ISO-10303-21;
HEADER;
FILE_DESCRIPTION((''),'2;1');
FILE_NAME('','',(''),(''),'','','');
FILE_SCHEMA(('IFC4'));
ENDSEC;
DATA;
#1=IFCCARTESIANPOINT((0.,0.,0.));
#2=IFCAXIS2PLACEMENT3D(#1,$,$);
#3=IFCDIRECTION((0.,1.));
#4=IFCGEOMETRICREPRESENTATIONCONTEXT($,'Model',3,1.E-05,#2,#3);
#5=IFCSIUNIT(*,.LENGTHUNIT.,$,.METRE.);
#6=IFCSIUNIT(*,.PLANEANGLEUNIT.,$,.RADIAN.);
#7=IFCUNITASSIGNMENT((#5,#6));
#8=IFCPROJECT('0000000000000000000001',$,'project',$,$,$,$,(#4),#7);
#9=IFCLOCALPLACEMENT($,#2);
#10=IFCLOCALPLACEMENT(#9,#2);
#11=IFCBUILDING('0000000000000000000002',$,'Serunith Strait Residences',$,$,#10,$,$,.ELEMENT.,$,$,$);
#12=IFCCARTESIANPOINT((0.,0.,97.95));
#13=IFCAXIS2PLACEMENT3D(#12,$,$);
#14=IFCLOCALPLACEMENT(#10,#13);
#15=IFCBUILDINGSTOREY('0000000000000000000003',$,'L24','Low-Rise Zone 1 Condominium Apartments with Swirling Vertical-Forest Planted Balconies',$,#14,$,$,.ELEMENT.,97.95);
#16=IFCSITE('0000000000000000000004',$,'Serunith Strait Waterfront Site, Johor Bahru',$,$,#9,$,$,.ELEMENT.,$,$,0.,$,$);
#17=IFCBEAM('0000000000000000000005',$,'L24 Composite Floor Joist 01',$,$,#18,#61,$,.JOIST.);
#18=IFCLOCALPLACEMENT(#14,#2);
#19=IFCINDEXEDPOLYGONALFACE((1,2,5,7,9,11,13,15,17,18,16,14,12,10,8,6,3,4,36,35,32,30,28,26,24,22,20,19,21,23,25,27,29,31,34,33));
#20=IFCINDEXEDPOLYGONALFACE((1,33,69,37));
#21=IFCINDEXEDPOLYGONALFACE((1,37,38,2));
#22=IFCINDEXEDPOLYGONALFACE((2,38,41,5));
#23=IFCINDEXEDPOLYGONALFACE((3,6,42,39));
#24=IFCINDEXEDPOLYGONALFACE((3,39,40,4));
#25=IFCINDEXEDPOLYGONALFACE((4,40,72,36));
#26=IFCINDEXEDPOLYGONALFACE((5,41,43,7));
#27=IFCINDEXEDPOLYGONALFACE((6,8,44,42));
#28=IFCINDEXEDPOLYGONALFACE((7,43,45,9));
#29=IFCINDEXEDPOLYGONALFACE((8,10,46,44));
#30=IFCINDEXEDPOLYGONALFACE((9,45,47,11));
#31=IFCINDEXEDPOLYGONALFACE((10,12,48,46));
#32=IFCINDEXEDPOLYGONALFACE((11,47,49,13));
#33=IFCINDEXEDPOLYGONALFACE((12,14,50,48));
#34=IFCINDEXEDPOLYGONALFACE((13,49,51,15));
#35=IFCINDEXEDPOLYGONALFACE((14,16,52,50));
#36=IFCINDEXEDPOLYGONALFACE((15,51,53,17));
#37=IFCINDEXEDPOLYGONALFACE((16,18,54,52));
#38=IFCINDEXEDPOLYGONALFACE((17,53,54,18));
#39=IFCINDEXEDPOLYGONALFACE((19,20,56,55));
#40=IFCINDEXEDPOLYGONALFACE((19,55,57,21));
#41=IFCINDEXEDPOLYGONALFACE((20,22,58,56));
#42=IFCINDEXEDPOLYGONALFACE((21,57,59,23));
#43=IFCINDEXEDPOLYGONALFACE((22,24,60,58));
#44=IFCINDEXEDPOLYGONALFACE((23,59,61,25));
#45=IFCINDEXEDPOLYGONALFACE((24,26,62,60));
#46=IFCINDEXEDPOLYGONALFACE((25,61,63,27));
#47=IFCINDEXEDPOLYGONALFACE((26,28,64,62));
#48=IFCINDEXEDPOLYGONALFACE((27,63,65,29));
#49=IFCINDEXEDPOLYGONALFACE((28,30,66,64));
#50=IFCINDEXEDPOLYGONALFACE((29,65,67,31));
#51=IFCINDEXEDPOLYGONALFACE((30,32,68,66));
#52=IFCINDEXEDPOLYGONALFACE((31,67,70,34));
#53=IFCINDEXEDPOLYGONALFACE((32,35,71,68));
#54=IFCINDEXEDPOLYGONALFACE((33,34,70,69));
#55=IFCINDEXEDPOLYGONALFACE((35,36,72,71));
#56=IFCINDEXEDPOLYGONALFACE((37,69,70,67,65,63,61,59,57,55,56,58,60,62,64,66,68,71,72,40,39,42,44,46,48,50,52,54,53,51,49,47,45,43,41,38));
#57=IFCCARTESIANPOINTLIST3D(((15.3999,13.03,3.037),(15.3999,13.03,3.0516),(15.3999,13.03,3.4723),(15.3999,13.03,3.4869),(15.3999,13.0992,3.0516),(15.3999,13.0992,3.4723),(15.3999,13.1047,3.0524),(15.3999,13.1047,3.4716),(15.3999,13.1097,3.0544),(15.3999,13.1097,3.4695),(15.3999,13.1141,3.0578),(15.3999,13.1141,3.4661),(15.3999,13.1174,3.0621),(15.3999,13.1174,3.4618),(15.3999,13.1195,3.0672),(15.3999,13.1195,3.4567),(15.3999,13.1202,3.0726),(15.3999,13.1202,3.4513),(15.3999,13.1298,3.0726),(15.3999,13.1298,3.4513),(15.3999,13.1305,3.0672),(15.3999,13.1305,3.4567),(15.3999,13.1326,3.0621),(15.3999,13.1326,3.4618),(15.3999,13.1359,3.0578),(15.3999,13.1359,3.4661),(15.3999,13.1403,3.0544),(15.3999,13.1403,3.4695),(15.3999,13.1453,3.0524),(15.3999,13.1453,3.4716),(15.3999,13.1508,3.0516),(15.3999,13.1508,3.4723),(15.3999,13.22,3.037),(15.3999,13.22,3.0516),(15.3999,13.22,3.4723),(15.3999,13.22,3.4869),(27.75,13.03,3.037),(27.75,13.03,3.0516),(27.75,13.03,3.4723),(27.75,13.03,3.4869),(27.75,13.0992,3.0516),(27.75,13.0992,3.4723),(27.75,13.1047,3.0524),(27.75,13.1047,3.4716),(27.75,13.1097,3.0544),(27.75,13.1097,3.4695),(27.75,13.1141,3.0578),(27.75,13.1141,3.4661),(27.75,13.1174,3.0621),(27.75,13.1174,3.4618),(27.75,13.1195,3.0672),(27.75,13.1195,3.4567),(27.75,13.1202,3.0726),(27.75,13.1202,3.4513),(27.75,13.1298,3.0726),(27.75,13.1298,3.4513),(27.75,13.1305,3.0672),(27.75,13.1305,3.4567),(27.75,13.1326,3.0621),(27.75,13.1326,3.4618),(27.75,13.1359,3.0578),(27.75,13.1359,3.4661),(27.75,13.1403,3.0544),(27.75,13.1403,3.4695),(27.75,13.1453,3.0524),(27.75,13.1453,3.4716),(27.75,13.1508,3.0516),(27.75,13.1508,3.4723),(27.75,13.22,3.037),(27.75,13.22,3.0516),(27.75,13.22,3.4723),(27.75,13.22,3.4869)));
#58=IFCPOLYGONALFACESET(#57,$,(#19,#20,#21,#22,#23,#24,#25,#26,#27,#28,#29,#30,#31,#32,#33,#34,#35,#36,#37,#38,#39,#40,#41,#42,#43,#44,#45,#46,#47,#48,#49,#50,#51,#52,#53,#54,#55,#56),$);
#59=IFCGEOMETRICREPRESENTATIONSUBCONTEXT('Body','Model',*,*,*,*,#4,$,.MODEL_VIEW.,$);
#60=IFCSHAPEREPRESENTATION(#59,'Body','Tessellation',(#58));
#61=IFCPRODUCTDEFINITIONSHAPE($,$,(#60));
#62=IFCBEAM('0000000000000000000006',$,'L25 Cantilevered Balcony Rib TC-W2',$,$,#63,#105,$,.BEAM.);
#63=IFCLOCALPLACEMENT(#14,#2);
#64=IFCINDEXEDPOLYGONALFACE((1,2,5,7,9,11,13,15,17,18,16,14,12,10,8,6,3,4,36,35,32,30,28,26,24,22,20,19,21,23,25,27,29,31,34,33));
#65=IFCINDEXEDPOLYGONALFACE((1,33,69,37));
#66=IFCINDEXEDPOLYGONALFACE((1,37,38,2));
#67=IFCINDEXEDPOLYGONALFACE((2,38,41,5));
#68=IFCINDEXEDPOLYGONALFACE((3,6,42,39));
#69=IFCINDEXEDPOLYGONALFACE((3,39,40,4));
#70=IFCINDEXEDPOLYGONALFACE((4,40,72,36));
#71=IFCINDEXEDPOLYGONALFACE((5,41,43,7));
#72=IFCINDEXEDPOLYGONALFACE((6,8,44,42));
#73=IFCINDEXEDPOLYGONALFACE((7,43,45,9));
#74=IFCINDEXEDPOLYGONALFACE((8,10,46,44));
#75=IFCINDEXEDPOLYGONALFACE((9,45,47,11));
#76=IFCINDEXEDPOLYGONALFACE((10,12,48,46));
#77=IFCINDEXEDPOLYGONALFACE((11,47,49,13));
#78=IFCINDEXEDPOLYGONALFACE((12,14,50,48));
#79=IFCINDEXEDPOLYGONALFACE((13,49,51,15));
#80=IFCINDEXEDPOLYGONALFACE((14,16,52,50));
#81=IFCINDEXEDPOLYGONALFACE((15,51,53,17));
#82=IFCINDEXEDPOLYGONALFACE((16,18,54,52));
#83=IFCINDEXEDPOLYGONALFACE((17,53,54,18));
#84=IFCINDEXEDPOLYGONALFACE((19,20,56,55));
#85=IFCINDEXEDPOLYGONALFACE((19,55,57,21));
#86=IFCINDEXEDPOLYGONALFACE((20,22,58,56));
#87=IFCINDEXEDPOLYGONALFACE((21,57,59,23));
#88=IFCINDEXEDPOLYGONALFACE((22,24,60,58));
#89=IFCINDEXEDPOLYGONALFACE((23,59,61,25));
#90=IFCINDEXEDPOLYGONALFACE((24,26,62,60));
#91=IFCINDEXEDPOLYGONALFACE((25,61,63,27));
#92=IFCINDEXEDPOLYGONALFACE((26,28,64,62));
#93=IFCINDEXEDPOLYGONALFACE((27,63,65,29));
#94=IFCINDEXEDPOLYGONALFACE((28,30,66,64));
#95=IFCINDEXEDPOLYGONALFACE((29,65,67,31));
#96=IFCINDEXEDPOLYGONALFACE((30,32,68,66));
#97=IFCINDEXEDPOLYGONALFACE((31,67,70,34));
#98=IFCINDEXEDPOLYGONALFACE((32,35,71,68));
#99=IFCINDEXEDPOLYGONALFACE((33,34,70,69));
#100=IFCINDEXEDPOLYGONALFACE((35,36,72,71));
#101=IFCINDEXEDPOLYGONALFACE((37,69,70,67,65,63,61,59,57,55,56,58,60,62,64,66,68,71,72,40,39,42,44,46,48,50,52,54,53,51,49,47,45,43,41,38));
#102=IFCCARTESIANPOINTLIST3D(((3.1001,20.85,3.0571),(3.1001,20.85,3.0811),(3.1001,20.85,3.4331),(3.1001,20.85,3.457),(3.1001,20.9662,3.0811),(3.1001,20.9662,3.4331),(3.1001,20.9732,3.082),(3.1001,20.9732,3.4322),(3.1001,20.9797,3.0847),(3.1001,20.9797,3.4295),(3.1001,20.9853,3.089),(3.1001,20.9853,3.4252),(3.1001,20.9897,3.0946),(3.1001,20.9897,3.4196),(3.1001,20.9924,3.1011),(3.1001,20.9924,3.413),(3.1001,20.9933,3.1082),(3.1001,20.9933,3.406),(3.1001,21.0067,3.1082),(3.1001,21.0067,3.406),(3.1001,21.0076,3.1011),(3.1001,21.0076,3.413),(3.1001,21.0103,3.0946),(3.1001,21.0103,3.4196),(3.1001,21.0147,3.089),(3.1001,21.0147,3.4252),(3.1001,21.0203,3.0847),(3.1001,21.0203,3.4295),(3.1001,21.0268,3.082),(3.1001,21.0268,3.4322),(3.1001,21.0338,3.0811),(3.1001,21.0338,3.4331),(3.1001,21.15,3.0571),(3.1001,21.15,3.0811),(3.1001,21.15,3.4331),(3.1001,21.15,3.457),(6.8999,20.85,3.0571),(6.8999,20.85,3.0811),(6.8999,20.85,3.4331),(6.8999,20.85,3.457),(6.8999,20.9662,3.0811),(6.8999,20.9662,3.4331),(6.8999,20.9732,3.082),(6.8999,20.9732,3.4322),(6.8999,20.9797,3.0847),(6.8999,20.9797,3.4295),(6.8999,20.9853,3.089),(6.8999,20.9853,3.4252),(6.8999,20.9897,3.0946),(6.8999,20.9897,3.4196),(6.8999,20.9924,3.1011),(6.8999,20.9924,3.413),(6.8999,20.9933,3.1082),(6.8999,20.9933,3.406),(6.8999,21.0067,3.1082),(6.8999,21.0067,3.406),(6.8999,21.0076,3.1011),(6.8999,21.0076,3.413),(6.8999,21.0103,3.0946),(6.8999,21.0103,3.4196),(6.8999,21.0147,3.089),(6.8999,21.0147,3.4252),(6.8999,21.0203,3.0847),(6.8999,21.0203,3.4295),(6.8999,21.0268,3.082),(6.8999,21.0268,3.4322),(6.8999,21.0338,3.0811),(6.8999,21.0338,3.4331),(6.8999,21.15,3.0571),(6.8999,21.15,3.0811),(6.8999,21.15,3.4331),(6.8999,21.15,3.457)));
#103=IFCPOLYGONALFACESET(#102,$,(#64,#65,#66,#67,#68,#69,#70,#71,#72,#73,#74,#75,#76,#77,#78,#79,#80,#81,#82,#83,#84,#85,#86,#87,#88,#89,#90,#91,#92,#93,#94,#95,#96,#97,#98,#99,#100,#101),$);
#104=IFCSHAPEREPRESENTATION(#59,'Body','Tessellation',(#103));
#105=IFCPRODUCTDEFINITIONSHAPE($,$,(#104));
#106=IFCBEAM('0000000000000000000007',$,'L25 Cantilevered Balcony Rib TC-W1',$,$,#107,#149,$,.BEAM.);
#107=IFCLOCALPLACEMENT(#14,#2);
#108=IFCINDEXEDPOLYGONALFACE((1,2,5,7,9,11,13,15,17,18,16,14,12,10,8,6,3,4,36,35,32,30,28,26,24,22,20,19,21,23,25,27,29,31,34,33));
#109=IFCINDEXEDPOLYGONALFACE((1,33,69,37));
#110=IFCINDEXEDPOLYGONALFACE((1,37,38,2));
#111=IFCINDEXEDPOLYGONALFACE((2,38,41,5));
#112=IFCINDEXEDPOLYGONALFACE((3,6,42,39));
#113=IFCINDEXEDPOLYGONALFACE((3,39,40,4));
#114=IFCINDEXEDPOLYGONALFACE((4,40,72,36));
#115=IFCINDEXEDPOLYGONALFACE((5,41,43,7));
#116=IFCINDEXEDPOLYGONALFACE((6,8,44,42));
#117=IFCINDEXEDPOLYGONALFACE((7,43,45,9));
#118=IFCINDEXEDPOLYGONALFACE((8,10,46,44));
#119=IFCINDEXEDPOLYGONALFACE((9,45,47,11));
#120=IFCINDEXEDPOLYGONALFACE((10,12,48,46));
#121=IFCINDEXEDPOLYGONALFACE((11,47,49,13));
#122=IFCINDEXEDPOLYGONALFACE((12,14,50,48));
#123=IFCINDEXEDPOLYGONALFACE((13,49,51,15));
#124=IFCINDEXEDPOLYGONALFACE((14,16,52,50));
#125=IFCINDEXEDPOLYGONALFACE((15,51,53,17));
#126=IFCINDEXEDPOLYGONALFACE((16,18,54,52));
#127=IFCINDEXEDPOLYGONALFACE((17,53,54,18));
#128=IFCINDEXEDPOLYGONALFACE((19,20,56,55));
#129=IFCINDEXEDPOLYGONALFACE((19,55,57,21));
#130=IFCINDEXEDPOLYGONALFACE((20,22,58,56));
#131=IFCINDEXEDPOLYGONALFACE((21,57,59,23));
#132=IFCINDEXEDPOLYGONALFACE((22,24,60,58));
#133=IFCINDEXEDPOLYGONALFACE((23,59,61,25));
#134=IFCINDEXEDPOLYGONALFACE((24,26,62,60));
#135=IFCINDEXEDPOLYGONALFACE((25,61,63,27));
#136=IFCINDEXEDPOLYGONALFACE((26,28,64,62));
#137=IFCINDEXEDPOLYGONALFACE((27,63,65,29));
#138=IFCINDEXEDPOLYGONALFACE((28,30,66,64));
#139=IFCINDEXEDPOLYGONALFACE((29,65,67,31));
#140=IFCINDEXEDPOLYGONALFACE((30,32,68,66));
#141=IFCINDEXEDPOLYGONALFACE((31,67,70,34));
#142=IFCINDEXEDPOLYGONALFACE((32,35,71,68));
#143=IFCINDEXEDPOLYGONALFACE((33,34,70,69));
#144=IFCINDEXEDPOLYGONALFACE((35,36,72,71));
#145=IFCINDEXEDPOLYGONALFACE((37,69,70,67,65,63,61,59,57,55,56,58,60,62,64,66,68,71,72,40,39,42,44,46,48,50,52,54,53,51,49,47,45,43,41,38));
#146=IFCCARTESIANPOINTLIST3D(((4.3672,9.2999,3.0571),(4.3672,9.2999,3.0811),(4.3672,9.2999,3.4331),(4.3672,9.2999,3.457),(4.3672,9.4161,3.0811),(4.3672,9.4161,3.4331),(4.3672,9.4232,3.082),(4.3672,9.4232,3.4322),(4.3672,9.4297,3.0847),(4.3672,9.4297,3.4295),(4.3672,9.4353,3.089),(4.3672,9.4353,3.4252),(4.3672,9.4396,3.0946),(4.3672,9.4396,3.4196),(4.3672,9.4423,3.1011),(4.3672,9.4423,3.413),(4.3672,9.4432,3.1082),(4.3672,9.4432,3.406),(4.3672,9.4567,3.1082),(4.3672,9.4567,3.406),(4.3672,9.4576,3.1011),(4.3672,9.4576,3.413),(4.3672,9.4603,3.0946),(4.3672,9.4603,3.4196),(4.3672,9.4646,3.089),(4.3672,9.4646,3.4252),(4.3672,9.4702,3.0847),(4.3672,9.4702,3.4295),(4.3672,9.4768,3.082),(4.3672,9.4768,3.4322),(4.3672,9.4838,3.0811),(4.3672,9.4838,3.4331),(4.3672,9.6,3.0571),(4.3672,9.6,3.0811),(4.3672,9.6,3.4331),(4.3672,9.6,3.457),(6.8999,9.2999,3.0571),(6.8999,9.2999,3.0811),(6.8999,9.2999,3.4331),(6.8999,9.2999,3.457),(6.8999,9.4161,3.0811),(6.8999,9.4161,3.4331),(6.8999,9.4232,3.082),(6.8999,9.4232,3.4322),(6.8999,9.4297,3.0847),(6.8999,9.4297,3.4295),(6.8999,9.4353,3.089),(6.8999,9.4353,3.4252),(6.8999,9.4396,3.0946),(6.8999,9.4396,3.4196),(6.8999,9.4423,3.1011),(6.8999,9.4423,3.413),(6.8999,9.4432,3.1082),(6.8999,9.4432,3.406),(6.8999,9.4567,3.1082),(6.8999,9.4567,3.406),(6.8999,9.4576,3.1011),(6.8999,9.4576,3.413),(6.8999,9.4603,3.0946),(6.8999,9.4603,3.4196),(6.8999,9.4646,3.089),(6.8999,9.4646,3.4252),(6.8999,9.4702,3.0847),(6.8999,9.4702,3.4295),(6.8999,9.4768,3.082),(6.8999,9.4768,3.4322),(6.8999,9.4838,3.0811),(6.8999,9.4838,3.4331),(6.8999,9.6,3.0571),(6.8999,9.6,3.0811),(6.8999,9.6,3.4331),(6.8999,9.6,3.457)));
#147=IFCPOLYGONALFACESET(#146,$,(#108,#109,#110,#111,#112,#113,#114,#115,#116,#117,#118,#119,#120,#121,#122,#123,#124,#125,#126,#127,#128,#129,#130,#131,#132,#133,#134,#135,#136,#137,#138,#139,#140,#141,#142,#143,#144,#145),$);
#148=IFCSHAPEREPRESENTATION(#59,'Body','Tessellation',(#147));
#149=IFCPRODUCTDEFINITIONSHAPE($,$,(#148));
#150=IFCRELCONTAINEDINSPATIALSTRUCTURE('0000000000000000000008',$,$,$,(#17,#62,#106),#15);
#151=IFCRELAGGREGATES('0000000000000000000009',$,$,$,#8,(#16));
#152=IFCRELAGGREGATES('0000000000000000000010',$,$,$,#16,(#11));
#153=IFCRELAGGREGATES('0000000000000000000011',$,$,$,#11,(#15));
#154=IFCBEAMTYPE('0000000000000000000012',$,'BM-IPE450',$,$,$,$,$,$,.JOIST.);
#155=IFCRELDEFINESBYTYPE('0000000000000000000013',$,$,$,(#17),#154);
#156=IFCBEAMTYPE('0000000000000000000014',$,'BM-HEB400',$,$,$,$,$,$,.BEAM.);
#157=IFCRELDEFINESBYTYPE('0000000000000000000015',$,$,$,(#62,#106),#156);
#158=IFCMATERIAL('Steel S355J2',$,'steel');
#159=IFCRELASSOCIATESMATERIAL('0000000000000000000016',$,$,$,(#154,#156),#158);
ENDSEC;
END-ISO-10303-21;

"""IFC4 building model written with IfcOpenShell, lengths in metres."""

from ifc_helpers import new_model, si_unit, direction, frame, origin, origin_2d, place, context, subcontext, project, spatial, i_section, extrude, source, transform, mapped, material, material_profile, profile_set, type_object, element, save


model = new_model("IFC4")

# Units and contexts
model_context = context("Model", 3, precision=1e-05, world=origin(), true_north=direction((0.0, 1.0)))
body_context = subcontext(model_context, "Body", "Model", "MODEL_VIEW")
ifc_project = project(units=[si_unit("LENGTHUNIT", "METRE"), si_unit("PLANEANGLEUNIT", "RADIAN")], contexts=[model_context])

# Site, building, storey
site_placement = place(None, origin())
site = spatial("IfcSite", under=ifc_project, at=site_placement, Name="Serunith Strait Waterfront Site, Johor Bahru", CompositionType="ELEMENT", RefElevation=0.0)
building_placement = place(site_placement, origin())
building = spatial("IfcBuilding", under=site, at=building_placement, Name="Serunith Strait Residences", CompositionType="ELEMENT")
storey_placement = place(building_placement, frame((0.0, 0.0, 97.95)))
storey = spatial("IfcBuildingStorey", under=building, at=storey_placement, Name="L24", Description="Low-Rise Zone 1 Condominium Apartments with Swirling Vertical-Forest Planted Balconies", CompositionType="ELEMENT", Elevation=97.95)

# Beams
ifc_material_1 = material(Name="Steel S355J2", Category="steel")
ifc_material_profile_1 = material_profile(ifc_material_1, i_section(OverallWidth=0.1899, OverallDepth=0.45, WebThickness=0.0095, FlangeThickness=0.0146, FilletRadius=0.021, at=origin_2d()), Name="IPE 450")
ifc_profile_set_1 = profile_set([ifc_material_profile_1], Name="Steel S355J2")
beam_type_1 = type_object("IfcBeamType", Name="BM-IPE450", PredefinedType="JOIST", material=ifc_profile_set_1)
shared_shape_1 = source(origin(), body_context, "Body", "SweptSolid", [
    extrude(i_section(OverallWidth=0.1899, OverallDepth=0.45, WebThickness=0.0095, FlangeThickness=0.0146, FilletRadius=0.021, at=origin_2d()), origin(), (0.0, 0.0, 1.0), 12.3501),
])
beam_1_placement = place(storey_placement, frame((15.3999, 13.125, 3.262), z_axis=(1.0, 0.0, 0.0), x_axis=(0.0, 1.0, 0.0)))
element("IfcBeam", 1, at=beam_1_placement, inside=storey, type_object=beam_type_1, Name="L24 Composite Floor Joist 01", PredefinedType="JOIST", context=body_context, shape_type="MappedRepresentation", body=[
    mapped(shared_shape_1, transform((0.0, 0.0, 0.0), scale=1.0)),
])
ifc_material_profile_2 = material_profile(ifc_material_1, i_section(OverallWidth=0.3, OverallDepth=0.3999, WebThickness=0.0134, FlangeThickness=0.0239, FilletRadius=0.0271, at=origin_2d()), Name="HEB 400")
ifc_profile_set_2 = profile_set([ifc_material_profile_2], Name="Steel S355J2")
beam_type_2 = type_object("IfcBeamType", Name="BM-HEB400", PredefinedType="BEAM", material=ifc_profile_set_2)
shared_shape_2 = source(origin(), body_context, "Body", "SweptSolid", [
    extrude(i_section(OverallWidth=0.3, OverallDepth=0.3999, WebThickness=0.0134, FlangeThickness=0.0239, FilletRadius=0.0271, at=origin_2d()), origin(), (0.0, 0.0, 1.0), 3.7998),
])
beam_2_placement = place(storey_placement, frame((6.8999, 21.0, 3.2571), z_axis=(-1.0, 0.0, 0.0), x_axis=(0.0, -1.0, 0.0)))
element("IfcBeam", 2, at=beam_2_placement, inside=storey, type_object=beam_type_2, Name="L25 Cantilevered Balcony Rib TC-W2", PredefinedType="BEAM", context=body_context, shape_type="MappedRepresentation", body=[
    mapped(shared_shape_2, transform((0.0, 0.0, 0.0), scale=1.0)),
])
shared_shape_3 = source(origin(), body_context, "Body", "SweptSolid", [
    extrude(i_section(OverallWidth=0.3, OverallDepth=0.3999, WebThickness=0.0134, FlangeThickness=0.0239, FilletRadius=0.0271, at=origin_2d()), origin(), (0.0, 0.0, 1.0), 2.5327),
])
beam_3_placement = place(storey_placement, frame((6.8999, 9.45, 3.2571), z_axis=(-1.0, 0.0, 0.0), x_axis=(0.0, -1.0, 0.0)))
element("IfcBeam", 3, at=beam_3_placement, inside=storey, type_object=beam_type_2, Name="L25 Cantilevered Balcony Rib TC-W1", PredefinedType="BEAM", context=body_context, shape_type="MappedRepresentation", body=[
    mapped(shared_shape_3, transform((0.0, 0.0, 0.0), scale=1.0)),
])

save(model, "model.ifc")
